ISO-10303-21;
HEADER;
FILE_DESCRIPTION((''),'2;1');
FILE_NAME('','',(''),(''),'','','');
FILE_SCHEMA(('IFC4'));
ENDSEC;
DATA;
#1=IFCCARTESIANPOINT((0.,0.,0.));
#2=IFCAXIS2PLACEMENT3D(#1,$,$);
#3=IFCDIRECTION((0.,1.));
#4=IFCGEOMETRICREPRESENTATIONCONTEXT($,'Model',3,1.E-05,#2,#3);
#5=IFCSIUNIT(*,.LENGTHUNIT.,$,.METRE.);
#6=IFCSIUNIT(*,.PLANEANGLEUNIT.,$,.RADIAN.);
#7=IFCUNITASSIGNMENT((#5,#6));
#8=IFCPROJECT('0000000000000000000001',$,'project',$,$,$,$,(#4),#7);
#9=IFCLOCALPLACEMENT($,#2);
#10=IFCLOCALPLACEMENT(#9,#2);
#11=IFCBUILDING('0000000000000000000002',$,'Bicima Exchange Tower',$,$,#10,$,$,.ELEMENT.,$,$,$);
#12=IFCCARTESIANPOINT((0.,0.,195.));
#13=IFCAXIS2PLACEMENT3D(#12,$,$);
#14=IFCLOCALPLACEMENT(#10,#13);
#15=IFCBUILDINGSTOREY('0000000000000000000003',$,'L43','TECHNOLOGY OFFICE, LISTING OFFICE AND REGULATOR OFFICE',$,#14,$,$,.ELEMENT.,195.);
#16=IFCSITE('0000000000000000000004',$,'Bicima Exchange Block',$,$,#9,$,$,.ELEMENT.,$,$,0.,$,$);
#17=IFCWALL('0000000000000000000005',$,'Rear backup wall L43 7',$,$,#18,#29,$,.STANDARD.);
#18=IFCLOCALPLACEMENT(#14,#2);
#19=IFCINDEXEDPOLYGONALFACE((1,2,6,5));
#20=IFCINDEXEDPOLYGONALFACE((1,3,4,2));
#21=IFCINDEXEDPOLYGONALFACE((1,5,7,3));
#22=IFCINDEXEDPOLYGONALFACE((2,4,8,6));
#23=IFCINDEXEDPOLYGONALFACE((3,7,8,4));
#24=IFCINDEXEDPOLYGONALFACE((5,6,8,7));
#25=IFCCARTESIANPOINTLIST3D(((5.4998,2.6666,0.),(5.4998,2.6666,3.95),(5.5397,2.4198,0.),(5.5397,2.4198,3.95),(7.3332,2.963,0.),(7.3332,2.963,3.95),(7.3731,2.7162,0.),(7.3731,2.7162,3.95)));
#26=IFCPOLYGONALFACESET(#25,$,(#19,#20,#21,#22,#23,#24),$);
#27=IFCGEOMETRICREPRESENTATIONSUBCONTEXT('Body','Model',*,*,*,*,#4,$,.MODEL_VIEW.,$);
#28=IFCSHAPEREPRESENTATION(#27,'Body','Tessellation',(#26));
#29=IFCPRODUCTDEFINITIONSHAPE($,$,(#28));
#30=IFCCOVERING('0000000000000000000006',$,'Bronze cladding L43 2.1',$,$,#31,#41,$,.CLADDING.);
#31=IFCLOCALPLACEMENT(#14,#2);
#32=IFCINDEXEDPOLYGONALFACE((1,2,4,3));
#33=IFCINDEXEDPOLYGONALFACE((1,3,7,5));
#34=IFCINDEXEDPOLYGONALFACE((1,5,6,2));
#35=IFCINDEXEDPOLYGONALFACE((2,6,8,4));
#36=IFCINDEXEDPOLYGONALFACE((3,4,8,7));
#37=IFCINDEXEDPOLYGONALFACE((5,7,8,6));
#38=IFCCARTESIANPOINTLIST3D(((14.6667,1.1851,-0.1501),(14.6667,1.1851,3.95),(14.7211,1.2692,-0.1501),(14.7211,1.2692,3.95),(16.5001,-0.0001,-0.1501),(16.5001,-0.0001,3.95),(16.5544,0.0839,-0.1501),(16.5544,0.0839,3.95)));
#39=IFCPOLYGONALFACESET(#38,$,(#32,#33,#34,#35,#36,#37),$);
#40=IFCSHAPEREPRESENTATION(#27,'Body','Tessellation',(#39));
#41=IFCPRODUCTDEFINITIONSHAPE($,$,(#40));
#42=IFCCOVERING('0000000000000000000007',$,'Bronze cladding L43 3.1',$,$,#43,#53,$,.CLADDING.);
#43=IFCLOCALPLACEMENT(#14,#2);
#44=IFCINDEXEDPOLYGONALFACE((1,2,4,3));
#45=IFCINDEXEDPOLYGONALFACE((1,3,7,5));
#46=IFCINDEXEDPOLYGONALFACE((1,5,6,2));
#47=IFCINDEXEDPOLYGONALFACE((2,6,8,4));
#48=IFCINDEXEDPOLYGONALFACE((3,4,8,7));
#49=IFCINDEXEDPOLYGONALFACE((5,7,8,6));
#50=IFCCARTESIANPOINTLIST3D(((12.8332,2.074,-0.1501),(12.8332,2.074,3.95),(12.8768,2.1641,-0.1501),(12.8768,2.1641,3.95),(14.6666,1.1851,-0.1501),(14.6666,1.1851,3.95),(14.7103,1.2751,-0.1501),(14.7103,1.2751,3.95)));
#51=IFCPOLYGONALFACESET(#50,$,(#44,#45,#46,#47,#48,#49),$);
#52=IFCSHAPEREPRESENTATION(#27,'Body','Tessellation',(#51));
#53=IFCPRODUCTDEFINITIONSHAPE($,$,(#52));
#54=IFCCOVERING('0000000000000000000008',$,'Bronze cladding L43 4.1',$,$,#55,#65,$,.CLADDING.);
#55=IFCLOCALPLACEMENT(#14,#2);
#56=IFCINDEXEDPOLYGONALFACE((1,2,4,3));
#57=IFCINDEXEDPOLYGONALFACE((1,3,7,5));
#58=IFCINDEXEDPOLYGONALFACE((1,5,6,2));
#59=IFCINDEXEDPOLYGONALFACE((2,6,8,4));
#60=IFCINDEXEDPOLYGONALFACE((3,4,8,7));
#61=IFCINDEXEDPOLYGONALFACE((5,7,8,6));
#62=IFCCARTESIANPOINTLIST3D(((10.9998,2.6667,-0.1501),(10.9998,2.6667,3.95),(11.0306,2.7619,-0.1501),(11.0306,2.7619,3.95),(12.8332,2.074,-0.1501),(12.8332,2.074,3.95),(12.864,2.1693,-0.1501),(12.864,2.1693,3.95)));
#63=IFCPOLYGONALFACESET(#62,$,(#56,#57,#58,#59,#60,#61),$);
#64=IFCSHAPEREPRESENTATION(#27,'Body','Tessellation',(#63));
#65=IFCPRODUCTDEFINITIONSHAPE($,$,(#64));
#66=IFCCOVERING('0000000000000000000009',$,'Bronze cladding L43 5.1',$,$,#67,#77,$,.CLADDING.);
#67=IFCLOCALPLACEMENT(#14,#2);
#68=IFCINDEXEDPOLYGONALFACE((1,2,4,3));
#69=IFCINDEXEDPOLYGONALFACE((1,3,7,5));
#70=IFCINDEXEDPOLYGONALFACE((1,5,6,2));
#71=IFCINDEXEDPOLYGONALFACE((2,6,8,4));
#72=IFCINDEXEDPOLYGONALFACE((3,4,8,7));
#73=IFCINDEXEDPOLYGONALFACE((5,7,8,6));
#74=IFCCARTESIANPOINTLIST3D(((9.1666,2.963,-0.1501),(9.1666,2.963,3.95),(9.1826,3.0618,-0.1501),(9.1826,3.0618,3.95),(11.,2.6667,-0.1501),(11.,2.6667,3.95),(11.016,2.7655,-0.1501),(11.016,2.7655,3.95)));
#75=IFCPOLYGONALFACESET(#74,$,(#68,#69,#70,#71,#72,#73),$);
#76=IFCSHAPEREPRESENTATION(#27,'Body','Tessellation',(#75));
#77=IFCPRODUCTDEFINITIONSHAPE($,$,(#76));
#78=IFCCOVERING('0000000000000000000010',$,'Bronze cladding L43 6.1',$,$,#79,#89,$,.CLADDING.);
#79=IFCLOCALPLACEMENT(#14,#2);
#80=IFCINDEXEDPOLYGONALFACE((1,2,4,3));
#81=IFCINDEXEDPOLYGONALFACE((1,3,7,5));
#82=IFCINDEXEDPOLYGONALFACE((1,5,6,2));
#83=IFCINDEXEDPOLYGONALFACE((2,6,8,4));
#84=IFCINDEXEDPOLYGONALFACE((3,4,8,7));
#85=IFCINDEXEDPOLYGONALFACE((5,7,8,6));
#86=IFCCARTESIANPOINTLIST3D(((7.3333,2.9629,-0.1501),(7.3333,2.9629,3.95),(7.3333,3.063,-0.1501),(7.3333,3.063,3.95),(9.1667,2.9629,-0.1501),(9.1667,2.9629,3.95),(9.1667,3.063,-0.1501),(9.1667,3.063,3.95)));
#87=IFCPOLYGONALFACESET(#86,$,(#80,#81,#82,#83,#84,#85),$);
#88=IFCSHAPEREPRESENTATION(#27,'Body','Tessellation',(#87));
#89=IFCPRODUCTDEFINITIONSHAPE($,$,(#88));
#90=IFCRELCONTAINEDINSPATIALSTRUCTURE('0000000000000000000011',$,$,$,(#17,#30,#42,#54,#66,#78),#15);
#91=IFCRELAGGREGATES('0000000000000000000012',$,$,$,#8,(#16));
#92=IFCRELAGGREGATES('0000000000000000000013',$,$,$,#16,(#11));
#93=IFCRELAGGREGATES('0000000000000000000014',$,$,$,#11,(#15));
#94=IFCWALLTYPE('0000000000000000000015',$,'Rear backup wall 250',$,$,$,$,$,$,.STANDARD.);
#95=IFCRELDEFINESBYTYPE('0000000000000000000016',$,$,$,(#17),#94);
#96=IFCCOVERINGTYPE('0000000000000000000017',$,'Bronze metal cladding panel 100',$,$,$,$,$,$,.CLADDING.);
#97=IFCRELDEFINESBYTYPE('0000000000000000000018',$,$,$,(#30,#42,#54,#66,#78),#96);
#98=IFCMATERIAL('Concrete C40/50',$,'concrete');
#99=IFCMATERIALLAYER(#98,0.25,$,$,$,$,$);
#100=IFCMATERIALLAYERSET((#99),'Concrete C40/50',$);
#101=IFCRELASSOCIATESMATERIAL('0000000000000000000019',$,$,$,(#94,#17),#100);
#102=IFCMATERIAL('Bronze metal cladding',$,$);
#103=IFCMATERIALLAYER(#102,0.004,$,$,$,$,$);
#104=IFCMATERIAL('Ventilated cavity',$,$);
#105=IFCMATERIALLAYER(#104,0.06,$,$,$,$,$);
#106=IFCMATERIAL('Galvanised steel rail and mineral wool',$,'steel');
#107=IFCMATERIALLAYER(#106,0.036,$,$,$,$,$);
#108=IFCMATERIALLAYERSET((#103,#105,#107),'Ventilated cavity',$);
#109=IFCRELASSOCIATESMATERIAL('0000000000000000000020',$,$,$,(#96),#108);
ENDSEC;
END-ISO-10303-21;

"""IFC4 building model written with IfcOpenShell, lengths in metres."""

from ifc_helpers import new_model, si_unit, direction, frame, frame_2d, origin, origin_2d, place, context, subcontext, project, spatial, rectangle, extrude, material, layer, layer_set, layer_usage, type_object, element, save


model = new_model("IFC4")

# Units and contexts
model_context = context("Model", 3, precision=1e-05, world=origin(), true_north=direction((0.0, 1.0)))
body_context = subcontext(model_context, "Body", "Model", "MODEL_VIEW")
ifc_project = project(units=[si_unit("LENGTHUNIT", "METRE"), si_unit("PLANEANGLEUNIT", "RADIAN")], contexts=[model_context])

# Site, building, storey
site_placement = place(None, origin())
site = spatial("IfcSite", under=ifc_project, at=site_placement, Name="Bicima Exchange Block", CompositionType="ELEMENT", RefElevation=0.0)
building_placement = place(site_placement, origin())
building = spatial("IfcBuilding", under=site, at=building_placement, Name="Bicima Exchange Tower", CompositionType="ELEMENT")
storey_placement = place(building_placement, frame((0.0, 0.0, 195.0)))
storey = spatial("IfcBuildingStorey", under=building, at=storey_placement, Name="L43", Description="TECHNOLOGY OFFICE, LISTING OFFICE AND REGULATOR OFFICE", CompositionType="ELEMENT", Elevation=195.0)

# Wall
ifc_material_1 = material(Name="Concrete C40/50", Category="concrete")
ifc_layer_1 = layer(ifc_material_1, 0.25)
ifc_layer_set_1 = layer_set([ifc_layer_1], Name="Concrete C40/50")
ifc_layer_usage = layer_usage(ifc_layer_set_1, "AXIS2", "POSITIVE", -0.125)
wall_type_1 = type_object("IfcWallType", Name="Rear backup wall 250", PredefinedType="STANDARD", material=ifc_layer_set_1)
wall_1_placement = place(storey_placement, frame((7.3533, 2.8396, 0.0), z_axis=(0.0, 0.0, 1.0), x_axis=(-0.987182, -0.1596, 0.0)))
element("IfcWall", 1, at=wall_1_placement, inside=storey, type_object=wall_type_1, material=ifc_layer_usage, Name="Rear backup wall L43 7", PredefinedType="STANDARD", context=body_context, shape_type="SweptSolid", body=[
    extrude(rectangle(XDim=1.8572, YDim=0.25, at=frame_2d((0.9287, 0.0))), origin(), (0.0, 0.0, 1.0), 3.95),
])

# Coverings
ifc_material_2 = material(Name="Bronze metal cladding")
ifc_layer_2 = layer(ifc_material_2, 0.004)
ifc_material_3 = material(Name="Ventilated cavity")
ifc_layer_3 = layer(ifc_material_3, 0.06)
ifc_material_4 = material(Name="Galvanised steel rail and mineral wool", Category="steel")
ifc_layer_4 = layer(ifc_material_4, 0.036)
ifc_layer_set_2 = layer_set([ifc_layer_2, ifc_layer_3, ifc_layer_4], Name="Ventilated cavity")
covering_type = type_object("IfcCoveringType", Name="Bronze metal cladding panel 100", PredefinedType="CLADDING", material=ifc_layer_set_2)
covering_1_placement = place(storey_placement, frame((15.6106, 0.6345, -0.1501), z_axis=(0.0, 0.0, 1.0), x_axis=(-0.83979, 0.542911, 0.0)))
element("IfcCovering", 2, at=covering_1_placement, inside=storey, type_object=covering_type, Name="Bronze cladding L43 2.1", PredefinedType="CLADDING", context=body_context, shape_type="SweptSolid", body=[
    extrude(rectangle(XDim=2.1831, YDim=0.1001, at=origin_2d()), origin(), (0.0, 0.0, 1.0), 4.1001),
])
covering_2_placement = place(storey_placement, frame((13.7717, 1.6746, -0.1501), z_axis=(0.0, 0.0, 1.0), x_axis=(-0.899818, 0.436265, 0.0)))
element("IfcCovering", 3, at=covering_2_placement, inside=storey, type_object=covering_type, Name="Bronze cladding L43 3.1", PredefinedType="CLADDING", context=body_context, shape_type="SweptSolid", body=[
    extrude(rectangle(XDim=2.0376, YDim=0.1001, at=origin_2d()), origin(), (0.0, 0.0, 1.0), 4.1001),
])
covering_3_placement = place(storey_placement, frame((11.9319, 2.418, -0.1501), z_axis=(0.0, 0.0, 1.0), x_axis=(-0.951525, 0.307573, 0.0)))
element("IfcCovering", 4, at=covering_3_placement, inside=storey, type_object=covering_type, Name="Bronze cladding L43 4.1", PredefinedType="CLADDING", context=body_context, shape_type="SweptSolid", body=[
    extrude(rectangle(XDim=1.9268, YDim=0.1001, at=origin_2d()), origin(), (0.0, 0.0, 1.0), 4.1001),
])
covering_4_placement = place(storey_placement, frame((10.0913, 2.8643, -0.1501), z_axis=(0.0, 0.0, 1.0), x_axis=(-0.98719, 0.15955, 0.0)))
element("IfcCovering", 5, at=covering_4_placement, inside=storey, type_object=covering_type, Name="Bronze cladding L43 5.1", PredefinedType="CLADDING", context=body_context, shape_type="SweptSolid", body=[
    extrude(rectangle(XDim=1.8572, YDim=0.1001, at=origin_2d()), origin(), (0.0, 0.0, 1.0), 4.1001),
])
covering_5_placement = place(storey_placement, frame((8.25, 3.0129, -0.1501), z_axis=(0.0, 0.0, 1.0), x_axis=(-1.0, 0.0, 0.0)))
element("IfcCovering", 6, at=covering_5_placement, inside=storey, type_object=covering_type, Name="Bronze cladding L43 6.1", PredefinedType="CLADDING", context=body_context, shape_type="SweptSolid", body=[
    extrude(rectangle(XDim=1.8335, YDim=0.1001, at=origin_2d()), origin(), (0.0, 0.0, 1.0), 4.1001),
])

save(model, "model.ifc")
